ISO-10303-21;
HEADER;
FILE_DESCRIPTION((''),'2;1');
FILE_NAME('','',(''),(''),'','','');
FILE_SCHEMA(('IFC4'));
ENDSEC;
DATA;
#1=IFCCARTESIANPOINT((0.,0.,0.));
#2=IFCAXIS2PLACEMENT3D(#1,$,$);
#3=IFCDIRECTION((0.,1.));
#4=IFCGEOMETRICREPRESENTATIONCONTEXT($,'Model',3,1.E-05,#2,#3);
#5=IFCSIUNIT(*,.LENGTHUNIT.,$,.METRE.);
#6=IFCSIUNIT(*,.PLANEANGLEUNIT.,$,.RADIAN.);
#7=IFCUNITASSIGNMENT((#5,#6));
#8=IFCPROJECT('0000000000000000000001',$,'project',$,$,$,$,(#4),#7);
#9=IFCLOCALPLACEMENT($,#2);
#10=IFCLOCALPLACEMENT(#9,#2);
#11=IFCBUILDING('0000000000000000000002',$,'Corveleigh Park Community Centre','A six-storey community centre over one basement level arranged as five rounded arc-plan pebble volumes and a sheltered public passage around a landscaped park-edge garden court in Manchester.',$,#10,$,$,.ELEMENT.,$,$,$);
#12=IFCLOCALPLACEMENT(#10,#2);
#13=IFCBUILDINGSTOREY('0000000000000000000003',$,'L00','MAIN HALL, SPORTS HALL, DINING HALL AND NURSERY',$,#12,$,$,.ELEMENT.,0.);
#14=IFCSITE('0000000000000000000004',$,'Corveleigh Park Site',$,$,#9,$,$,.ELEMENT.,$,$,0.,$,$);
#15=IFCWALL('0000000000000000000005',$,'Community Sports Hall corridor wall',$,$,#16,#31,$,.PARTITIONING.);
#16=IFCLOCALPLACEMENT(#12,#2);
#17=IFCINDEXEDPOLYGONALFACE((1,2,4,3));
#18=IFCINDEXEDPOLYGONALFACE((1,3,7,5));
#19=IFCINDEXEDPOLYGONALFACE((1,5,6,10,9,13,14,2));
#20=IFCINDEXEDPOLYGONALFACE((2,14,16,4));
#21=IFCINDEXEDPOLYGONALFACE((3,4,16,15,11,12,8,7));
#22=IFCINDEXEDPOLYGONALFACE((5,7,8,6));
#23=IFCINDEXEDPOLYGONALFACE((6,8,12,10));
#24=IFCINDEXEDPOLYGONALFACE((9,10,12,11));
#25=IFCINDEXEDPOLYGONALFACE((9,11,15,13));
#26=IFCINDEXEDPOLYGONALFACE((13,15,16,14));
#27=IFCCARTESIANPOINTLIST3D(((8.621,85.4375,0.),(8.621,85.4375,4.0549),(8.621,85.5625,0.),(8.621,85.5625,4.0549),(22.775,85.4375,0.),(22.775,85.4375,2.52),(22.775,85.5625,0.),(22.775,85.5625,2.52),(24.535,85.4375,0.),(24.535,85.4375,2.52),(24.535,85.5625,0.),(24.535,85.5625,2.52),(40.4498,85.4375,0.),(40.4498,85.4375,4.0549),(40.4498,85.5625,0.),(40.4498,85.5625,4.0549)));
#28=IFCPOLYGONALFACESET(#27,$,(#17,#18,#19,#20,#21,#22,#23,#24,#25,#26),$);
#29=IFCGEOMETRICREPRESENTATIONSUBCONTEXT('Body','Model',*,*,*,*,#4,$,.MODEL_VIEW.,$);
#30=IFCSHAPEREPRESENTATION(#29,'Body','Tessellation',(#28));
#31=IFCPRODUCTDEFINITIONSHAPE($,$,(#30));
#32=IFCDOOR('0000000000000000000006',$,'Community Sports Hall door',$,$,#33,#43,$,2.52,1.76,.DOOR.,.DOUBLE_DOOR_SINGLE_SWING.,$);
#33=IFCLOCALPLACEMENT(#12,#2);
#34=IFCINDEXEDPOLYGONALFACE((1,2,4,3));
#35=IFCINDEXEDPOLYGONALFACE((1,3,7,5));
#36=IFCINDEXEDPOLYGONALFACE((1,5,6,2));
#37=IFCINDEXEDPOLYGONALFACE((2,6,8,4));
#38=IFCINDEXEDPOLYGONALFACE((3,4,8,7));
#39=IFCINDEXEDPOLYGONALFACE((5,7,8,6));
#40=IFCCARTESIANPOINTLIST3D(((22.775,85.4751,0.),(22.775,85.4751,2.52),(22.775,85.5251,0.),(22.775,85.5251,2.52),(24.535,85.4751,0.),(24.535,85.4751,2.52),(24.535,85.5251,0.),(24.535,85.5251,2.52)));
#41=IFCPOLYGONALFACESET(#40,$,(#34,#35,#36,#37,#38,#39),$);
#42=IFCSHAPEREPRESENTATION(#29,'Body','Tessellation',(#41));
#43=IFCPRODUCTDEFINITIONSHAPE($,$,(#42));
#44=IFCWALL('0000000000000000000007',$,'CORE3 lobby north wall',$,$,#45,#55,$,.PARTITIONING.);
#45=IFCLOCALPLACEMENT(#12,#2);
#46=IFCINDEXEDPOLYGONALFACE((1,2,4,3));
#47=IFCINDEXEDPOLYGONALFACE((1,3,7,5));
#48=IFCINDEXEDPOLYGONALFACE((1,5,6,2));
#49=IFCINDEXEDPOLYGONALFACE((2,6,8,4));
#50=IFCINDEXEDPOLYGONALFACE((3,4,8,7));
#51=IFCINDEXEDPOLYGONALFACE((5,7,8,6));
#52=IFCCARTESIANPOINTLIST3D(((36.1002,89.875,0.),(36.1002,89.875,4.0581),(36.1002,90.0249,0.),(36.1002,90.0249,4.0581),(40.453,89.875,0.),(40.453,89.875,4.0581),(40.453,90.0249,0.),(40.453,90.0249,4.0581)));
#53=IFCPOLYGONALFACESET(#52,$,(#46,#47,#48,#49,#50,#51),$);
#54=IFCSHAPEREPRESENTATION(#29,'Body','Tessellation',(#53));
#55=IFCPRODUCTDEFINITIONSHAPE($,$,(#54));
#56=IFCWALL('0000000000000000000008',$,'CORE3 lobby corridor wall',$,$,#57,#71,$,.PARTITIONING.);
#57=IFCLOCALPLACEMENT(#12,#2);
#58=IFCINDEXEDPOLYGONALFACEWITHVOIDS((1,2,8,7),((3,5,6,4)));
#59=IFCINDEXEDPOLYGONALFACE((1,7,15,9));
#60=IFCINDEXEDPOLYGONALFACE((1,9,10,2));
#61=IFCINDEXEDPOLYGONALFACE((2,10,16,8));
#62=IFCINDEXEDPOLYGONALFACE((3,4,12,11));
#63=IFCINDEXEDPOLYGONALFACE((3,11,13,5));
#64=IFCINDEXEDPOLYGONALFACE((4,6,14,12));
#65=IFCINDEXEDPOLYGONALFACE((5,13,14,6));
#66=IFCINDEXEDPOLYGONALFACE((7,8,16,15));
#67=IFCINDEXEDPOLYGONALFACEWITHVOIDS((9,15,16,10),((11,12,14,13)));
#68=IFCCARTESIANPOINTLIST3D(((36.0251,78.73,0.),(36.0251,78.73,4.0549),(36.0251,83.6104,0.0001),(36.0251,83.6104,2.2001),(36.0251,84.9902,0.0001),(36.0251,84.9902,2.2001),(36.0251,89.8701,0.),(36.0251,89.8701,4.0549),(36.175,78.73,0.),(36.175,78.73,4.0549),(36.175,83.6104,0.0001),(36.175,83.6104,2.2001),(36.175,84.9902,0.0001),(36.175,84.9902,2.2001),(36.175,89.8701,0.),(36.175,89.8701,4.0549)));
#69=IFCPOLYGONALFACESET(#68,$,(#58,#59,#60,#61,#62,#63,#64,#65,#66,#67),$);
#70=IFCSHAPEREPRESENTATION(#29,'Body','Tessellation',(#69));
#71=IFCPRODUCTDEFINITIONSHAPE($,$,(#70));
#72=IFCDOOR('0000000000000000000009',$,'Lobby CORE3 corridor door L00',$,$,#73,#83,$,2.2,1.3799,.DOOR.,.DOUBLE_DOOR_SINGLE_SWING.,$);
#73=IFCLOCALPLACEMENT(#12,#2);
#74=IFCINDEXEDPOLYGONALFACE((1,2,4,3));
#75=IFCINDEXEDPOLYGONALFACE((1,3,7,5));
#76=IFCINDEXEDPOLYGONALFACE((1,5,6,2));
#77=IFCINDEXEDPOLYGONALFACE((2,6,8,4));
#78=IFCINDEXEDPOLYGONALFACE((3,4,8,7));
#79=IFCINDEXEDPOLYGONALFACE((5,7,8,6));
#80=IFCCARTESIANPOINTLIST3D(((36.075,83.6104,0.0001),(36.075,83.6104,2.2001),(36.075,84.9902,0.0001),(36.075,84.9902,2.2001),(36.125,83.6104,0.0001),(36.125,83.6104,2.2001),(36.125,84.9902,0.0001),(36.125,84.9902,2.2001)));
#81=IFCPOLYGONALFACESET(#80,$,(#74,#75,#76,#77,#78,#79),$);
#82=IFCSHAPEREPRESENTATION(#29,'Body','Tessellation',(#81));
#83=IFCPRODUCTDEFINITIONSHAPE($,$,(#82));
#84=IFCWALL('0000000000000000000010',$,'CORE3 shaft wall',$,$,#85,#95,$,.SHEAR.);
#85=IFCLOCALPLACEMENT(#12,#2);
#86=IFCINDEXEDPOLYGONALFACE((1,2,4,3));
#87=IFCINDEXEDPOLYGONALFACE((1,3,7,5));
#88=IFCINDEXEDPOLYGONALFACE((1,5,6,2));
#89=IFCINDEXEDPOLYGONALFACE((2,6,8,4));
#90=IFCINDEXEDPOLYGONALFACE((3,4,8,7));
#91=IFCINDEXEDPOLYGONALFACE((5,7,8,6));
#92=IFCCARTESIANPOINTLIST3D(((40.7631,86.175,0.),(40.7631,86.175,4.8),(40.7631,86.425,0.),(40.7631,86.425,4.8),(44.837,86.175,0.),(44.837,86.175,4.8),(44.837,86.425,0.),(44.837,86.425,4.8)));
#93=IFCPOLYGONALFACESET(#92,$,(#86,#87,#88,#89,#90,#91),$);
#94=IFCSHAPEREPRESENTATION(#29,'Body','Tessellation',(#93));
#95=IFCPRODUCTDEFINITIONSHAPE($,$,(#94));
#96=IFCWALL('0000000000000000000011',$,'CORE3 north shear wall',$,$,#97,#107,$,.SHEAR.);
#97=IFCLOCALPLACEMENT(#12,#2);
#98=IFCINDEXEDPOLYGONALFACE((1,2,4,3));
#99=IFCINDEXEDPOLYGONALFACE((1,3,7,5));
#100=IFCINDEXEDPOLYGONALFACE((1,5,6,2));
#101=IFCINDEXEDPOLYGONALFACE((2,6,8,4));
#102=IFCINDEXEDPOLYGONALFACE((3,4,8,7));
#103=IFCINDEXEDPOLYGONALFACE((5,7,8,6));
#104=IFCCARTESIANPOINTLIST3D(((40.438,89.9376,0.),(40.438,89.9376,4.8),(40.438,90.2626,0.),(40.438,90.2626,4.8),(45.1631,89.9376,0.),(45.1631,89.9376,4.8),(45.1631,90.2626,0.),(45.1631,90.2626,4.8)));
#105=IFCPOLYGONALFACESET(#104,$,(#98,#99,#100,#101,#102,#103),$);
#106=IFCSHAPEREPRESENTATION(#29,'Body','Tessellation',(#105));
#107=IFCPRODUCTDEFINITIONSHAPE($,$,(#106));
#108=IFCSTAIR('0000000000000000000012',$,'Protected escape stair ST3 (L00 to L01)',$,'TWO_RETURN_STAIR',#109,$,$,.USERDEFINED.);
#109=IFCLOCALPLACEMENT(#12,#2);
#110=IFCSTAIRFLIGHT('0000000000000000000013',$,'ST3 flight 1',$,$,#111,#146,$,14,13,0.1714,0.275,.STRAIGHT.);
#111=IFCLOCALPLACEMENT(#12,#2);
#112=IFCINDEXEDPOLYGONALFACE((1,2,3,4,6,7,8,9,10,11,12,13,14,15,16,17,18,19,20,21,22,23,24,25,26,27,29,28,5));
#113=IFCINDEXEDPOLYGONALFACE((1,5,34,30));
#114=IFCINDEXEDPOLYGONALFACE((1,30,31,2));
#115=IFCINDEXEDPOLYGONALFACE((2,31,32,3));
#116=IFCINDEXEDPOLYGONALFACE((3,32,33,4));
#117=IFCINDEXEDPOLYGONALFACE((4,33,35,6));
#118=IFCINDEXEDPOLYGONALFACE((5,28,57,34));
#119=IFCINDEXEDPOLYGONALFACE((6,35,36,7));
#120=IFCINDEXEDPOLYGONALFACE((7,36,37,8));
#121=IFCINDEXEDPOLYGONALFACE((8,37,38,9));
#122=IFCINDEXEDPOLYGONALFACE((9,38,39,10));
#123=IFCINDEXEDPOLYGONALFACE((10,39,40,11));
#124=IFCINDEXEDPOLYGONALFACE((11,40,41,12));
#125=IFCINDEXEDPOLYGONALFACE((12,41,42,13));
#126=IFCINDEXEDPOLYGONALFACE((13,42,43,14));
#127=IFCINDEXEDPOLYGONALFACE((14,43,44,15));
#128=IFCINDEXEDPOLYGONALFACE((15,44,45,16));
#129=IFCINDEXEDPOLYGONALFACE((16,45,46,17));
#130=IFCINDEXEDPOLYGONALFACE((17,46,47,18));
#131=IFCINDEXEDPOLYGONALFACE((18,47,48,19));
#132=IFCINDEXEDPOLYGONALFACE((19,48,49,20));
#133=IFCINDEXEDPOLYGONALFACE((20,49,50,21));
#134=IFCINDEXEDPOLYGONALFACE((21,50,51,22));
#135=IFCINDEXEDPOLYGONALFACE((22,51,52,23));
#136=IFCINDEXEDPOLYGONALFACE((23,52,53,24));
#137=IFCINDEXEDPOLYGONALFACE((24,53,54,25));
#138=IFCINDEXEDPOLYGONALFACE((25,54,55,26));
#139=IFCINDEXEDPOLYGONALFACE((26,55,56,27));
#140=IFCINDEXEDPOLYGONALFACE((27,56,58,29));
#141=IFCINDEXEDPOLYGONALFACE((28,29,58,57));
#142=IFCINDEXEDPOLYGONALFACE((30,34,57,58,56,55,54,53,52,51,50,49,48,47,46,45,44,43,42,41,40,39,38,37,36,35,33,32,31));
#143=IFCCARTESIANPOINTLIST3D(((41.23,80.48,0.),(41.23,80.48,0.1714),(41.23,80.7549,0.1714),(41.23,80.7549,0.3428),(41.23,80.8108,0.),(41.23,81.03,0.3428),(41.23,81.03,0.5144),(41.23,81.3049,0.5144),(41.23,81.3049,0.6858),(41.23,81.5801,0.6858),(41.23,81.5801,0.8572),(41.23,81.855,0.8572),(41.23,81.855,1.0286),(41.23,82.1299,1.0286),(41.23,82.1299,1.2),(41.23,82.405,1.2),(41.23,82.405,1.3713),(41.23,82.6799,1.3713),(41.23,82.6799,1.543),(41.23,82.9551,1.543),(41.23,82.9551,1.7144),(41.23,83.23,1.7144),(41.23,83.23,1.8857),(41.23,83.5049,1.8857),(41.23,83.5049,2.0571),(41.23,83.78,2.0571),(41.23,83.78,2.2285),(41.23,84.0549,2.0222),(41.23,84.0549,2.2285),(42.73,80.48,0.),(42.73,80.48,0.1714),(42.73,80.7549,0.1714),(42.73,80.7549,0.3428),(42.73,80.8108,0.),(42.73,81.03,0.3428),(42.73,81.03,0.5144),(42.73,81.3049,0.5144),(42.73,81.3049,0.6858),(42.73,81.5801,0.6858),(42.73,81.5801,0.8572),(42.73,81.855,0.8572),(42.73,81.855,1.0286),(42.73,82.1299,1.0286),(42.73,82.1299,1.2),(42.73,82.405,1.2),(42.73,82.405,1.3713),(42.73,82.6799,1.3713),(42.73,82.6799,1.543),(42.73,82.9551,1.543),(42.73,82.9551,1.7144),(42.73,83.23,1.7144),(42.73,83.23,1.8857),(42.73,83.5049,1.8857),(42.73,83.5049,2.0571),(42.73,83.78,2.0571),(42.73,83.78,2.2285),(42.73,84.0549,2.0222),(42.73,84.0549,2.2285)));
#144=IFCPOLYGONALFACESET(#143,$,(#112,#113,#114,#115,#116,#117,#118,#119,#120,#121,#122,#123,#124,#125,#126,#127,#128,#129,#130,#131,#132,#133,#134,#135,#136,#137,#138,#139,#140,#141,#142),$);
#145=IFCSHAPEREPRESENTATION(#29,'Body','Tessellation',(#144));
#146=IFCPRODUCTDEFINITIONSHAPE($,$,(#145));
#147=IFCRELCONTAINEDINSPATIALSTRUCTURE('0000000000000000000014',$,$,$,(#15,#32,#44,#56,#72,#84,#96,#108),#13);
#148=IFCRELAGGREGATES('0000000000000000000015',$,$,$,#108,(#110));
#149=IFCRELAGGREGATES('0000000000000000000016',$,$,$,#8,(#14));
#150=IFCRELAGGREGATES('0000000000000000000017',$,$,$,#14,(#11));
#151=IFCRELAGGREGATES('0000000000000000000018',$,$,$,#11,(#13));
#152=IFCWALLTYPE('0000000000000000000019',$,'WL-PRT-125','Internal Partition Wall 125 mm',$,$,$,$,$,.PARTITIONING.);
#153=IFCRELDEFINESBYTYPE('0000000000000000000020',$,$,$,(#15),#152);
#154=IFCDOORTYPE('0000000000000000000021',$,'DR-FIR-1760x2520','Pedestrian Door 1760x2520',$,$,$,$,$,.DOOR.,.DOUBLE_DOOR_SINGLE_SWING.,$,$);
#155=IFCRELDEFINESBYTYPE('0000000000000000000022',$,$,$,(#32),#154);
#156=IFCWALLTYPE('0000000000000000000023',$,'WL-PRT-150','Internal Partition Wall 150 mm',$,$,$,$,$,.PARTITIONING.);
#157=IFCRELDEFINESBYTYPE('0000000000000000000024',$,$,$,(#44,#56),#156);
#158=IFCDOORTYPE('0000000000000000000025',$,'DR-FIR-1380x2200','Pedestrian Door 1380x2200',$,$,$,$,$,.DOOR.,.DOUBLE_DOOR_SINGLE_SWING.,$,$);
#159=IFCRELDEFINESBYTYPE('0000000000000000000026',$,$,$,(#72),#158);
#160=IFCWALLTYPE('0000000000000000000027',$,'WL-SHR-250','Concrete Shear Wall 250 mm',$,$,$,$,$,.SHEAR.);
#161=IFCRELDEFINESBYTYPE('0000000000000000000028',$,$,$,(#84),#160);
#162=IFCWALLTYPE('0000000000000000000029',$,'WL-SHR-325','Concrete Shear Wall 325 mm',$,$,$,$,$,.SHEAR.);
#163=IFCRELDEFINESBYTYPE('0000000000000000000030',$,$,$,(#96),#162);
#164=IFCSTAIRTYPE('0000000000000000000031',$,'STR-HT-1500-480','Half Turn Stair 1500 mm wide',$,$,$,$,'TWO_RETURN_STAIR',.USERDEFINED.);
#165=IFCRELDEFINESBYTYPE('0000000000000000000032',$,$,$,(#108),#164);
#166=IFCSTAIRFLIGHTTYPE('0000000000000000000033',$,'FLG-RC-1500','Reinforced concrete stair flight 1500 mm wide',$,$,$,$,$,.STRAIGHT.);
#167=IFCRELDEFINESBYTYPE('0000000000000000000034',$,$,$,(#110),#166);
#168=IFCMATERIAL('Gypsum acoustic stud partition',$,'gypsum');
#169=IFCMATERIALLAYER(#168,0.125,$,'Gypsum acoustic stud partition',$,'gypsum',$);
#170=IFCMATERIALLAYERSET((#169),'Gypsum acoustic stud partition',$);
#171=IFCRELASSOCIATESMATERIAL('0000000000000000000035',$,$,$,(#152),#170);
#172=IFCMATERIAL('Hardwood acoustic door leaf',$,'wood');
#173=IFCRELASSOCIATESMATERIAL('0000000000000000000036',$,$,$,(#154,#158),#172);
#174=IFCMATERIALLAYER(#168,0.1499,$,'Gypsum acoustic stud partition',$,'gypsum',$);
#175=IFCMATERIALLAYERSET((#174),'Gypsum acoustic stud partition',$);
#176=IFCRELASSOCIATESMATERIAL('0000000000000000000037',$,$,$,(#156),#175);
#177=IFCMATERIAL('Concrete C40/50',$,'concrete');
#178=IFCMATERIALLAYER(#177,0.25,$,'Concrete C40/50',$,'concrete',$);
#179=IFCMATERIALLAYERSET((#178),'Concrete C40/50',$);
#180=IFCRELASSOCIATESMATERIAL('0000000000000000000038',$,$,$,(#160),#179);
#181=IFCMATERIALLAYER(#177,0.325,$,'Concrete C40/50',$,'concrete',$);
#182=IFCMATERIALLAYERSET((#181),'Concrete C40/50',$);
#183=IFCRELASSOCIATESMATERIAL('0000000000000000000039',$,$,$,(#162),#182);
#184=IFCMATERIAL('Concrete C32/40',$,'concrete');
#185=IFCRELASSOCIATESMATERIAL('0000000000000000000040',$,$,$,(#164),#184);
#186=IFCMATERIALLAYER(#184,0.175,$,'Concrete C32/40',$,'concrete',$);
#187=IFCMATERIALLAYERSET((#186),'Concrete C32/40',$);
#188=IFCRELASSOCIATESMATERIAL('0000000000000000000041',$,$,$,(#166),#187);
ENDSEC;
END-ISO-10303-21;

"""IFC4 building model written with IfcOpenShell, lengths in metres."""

from ifc_helpers import new_model, si_unit, direction, frame, frame_2d, origin, place, context, subcontext, project, spatial, polyline, rectangle, outline, extrude, material, layer, layer_set, type_object, element, fill, aggregate, save


model = new_model("IFC4")

# Units and contexts
model_context = context("Model", 3, precision=1e-05, world=origin(), true_north=direction((0.0, 1.0)))
body_context = subcontext(model_context, "Body", "Model", "MODEL_VIEW")
ifc_project = project(units=[si_unit("LENGTHUNIT", "METRE"), si_unit("PLANEANGLEUNIT", "RADIAN")], contexts=[model_context])

# Site, building, storey
site_placement = place(None, origin())
site = spatial("IfcSite", under=ifc_project, at=site_placement, Name="Corveleigh Park Site", CompositionType="ELEMENT", RefElevation=0.0)
building_placement = place(site_placement, origin())
building = spatial("IfcBuilding", under=site, at=building_placement, Name="Corveleigh Park Community Centre", Description="A six-storey community centre over one basement level arranged as five rounded arc-plan pebble volumes and a sheltered public passage around a landscaped park-edge garden court in Manchester.", CompositionType="ELEMENT")
storey_placement = place(building_placement, origin())
storey = spatial("IfcBuildingStorey", under=building, at=storey_placement, Name="L00", Description="MAIN HALL, SPORTS HALL, DINING HALL AND NURSERY", CompositionType="ELEMENT", Elevation=0.0)

# Shared definitions
ifc_material_1 = material(Name="Concrete C40/50", Category="concrete")

# Wall, opening, door
ifc_material_2 = material(Name="Gypsum acoustic stud partition", Category="gypsum")
ifc_layer_1 = layer(ifc_material_2, 0.125, Name="Gypsum acoustic stud partition", Category="gypsum")
ifc_layer_set_1 = layer_set([ifc_layer_1], Name="Gypsum acoustic stud partition")
wall_type_1 = type_object("IfcWallType", Name="WL-PRT-125", Description="Internal Partition Wall 125 mm", PredefinedType="PARTITIONING", material=ifc_layer_set_1)
wall_1_placement = place(storey_placement, frame((40.45, 85.5, 0.0), z_axis=(0.0, 0.0, 1.0), x_axis=(-1.0, 0.0, 0.0)))
wall_1 = element("IfcWall", 1, at=wall_1_placement, inside=storey, type_object=wall_type_1, Name="Community Sports Hall corridor wall", PredefinedType="PARTITIONING", context=body_context, shape_type="SweptSolid", body=[
    extrude(rectangle(XDim=31.8289, YDim=0.125, at=frame_2d((15.9146, 0.0))), origin(), (0.0, 0.0, 1.0), 4.0549),
])
opening_1_placement = place(wall_1_placement, frame((15.915, 0.0, 0.0)))
opening_1 = element("IfcOpeningElement", 2, at=opening_1_placement, cuts=wall_1, PredefinedType="OPENING", context=body_context, shape_type="SweptSolid", body=[
    extrude(rectangle(XDim=1.76, YDim=2.52, at=frame_2d((0.8799, 1.26))), frame((0.0, 0.0725, 0.0), z_axis=(0.0, -1.0, 0.0), x_axis=(1.0, 0.0, 0.0)), (0.0, 0.0, 1.0), 0.145),
])
ifc_material_3 = material(Name="Hardwood acoustic door leaf", Category="wood")
door_type_1 = type_object("IfcDoorType", Name="DR-FIR-1760x2520", Description="Pedestrian Door 1760x2520", OperationType="DOUBLE_DOOR_SINGLE_SWING", PredefinedType="DOOR", material=ifc_material_3)
door_1_placement = place(opening_1_placement, origin())
door_1 = element("IfcDoor", 3, at=door_1_placement, inside=storey, type_object=door_type_1, Name="Community Sports Hall door", OperationType="DOUBLE_DOOR_SINGLE_SWING", OverallHeight=2.52, OverallWidth=1.76, PredefinedType="DOOR", context=body_context, shape_type="SweptSolid", body=[
    extrude(rectangle(XDim=1.76, YDim=2.52, at=frame_2d((0.8799, 1.26))), frame((0.0, 0.0249, 0.0), z_axis=(0.0, -1.0, 0.0), x_axis=(1.0, 0.0, 0.0)), (0.0, 0.0, 1.0), 0.05),
])
fill(opening_1, door_1)

# Wall
ifc_layer_2 = layer(ifc_material_2, 0.1499, Name="Gypsum acoustic stud partition", Category="gypsum")
ifc_layer_set_2 = layer_set([ifc_layer_2], Name="Gypsum acoustic stud partition")
wall_type_2 = type_object("IfcWallType", Name="WL-PRT-150", Description="Internal Partition Wall 150 mm", PredefinedType="PARTITIONING", material=ifc_layer_set_2)
wall_2_placement = place(storey_placement, frame((40.4529, 89.95, 0.0), z_axis=(0.0, 0.0, 1.0), x_axis=(-1.0, 0.0, 0.0)))
element("IfcWall", 4, at=wall_2_placement, inside=storey, type_object=wall_type_2, Name="CORE3 lobby north wall", PredefinedType="PARTITIONING", context=body_context, shape_type="SweptSolid", body=[
    extrude(rectangle(XDim=4.3528, YDim=0.1499, at=frame_2d((2.1763, 0.0))), origin(), (0.0, 0.0, 1.0), 4.0581),
])

# Wall, opening, door
wall_3_placement = place(storey_placement, frame((36.1001, 89.8701, 0.0), z_axis=(0.0, 0.0, 1.0), x_axis=(0.0, -1.0, 0.0)))
wall_3 = element("IfcWall", 5, at=wall_3_placement, inside=storey, type_object=wall_type_2, Name="CORE3 lobby corridor wall", PredefinedType="PARTITIONING", context=body_context, shape_type="SweptSolid", body=[
    extrude(rectangle(XDim=11.1401, YDim=0.1499, at=frame_2d((5.5701, 0.0))), origin(), (0.0, 0.0, 1.0), 4.0549),
])
opening_2_placement = place(wall_3_placement, frame((4.8799, 0.0, 0.0)))
opening_2 = element("IfcOpeningElement", 6, at=opening_2_placement, cuts=wall_3, PredefinedType="OPENING", context=body_context, shape_type="SweptSolid", body=[
    extrude(rectangle(XDim=1.3799, YDim=2.2, at=frame_2d((0.6899, 1.1001))), frame((0.0, 0.085, 0.0), z_axis=(0.0, -1.0, 0.0), x_axis=(1.0, 0.0, 0.0)), (0.0, 0.0, 1.0), 0.1699),
])
door_type_2 = type_object("IfcDoorType", Name="DR-FIR-1380x2200", Description="Pedestrian Door 1380x2200", OperationType="DOUBLE_DOOR_SINGLE_SWING", PredefinedType="DOOR", material=ifc_material_3)
door_2_placement = place(opening_2_placement, origin())
door_2 = element("IfcDoor", 7, at=door_2_placement, inside=storey, type_object=door_type_2, Name="Lobby CORE3 corridor door L00", OperationType="DOUBLE_DOOR_SINGLE_SWING", OverallHeight=2.2, OverallWidth=1.3799, PredefinedType="DOOR", context=body_context, shape_type="SweptSolid", body=[
    extrude(rectangle(XDim=1.3799, YDim=2.2, at=frame_2d((0.6899, 1.1001))), frame((0.0, 0.0249, 0.0), z_axis=(0.0, -1.0, 0.0), x_axis=(1.0, 0.0, 0.0)), (0.0, 0.0, 1.0), 0.05),
])
fill(opening_2, door_2)

# Walls
ifc_layer_3 = layer(ifc_material_1, 0.25, Name="Concrete C40/50", Category="concrete")
ifc_layer_set_3 = layer_set([ifc_layer_3], Name="Concrete C40/50")
wall_type_3 = type_object("IfcWallType", Name="WL-SHR-250", Description="Concrete Shear Wall 250 mm", PredefinedType="SHEAR", material=ifc_layer_set_3)
wall_4_placement = place(storey_placement, frame((40.7629, 86.3, 0.0), z_axis=(0.0, 0.0, 1.0), x_axis=(1.0, 0.0, 0.0)))
element("IfcWall", 8, at=wall_4_placement, inside=storey, type_object=wall_type_3, Name="CORE3 shaft wall", PredefinedType="SHEAR", context=body_context, shape_type="SweptSolid", body=[
    extrude(rectangle(XDim=4.074, YDim=0.25, at=frame_2d((2.0371, 0.0))), origin(), (0.0, 0.0, 1.0), 4.8),
])
ifc_layer_4 = layer(ifc_material_1, 0.325, Name="Concrete C40/50", Category="concrete")
ifc_layer_set_4 = layer_set([ifc_layer_4], Name="Concrete C40/50")
wall_type_4 = type_object("IfcWallType", Name="WL-SHR-325", Description="Concrete Shear Wall 325 mm", PredefinedType="SHEAR", material=ifc_layer_set_4)
wall_5_placement = place(storey_placement, frame((45.1631, 90.1001, 0.0), z_axis=(0.0, 0.0, 1.0), x_axis=(-1.0, 0.0, 0.0)))
element("IfcWall", 9, at=wall_5_placement, inside=storey, type_object=wall_type_4, Name="CORE3 north shear wall", PredefinedType="SHEAR", context=body_context, shape_type="SweptSolid", body=[
    extrude(rectangle(XDim=4.7251, YDim=0.325, at=frame_2d((2.3625, 0.0))), origin(), (0.0, 0.0, 1.0), 4.8),
])

# Stair, stair flight
ifc_material_4 = material(Name="Concrete C32/40", Category="concrete")
stair_type = type_object("IfcStairType", Name="STR-HT-1500-480", Description="Half Turn Stair 1500 mm wide", ElementType="TWO_RETURN_STAIR", PredefinedType="USERDEFINED", material=ifc_material_4)
stair_placement = place(storey_placement, origin())
stair = element("IfcStair", 10, at=stair_placement, inside=storey, type_object=stair_type, Name="Protected escape stair ST3 (L00 to L01)", ObjectType="TWO_RETURN_STAIR", PredefinedType="USERDEFINED")
ifc_layer_5 = layer(ifc_material_4, 0.175, Name="Concrete C32/40", Category="concrete")
ifc_layer_set_5 = layer_set([ifc_layer_5], Name="Concrete C32/40")
stair_flight_type = type_object("IfcStairFlightType", Name="FLG-RC-1500", Description="Reinforced concrete stair flight 1500 mm wide", PredefinedType="STRAIGHT", material=ifc_layer_set_5)
stair_flight_1_placement = place(storey_placement, frame((41.98, 80.48, 0.0), z_axis=(0.0, 0.0, 1.0), x_axis=(0.0, 1.0, 0.0)))
stair_flight_1 = element("IfcStairFlight", 11, at=stair_flight_1_placement, type_object=stair_flight_type, Name="ST3 flight 1", NumberOfRisers=14, NumberOfTreads=13, PredefinedType="STRAIGHT", RiserHeight=0.1714, TreadLength=0.275, context=body_context, shape_type="SweptSolid", body=[
    extrude(outline(polyline([(0.0, 0.0), (0.0, 0.1714), (0.2749, 0.1714), (0.2749, 0.3428), (0.55, 0.3428), (0.55, 0.5144), (0.825, 0.5144), (0.825, 0.6858), (1.1001, 0.6858), (1.1001, 0.8572), (1.375, 0.8572), (1.375, 1.0286), (1.6499, 1.0286), (1.6499, 1.2), (1.925, 1.2), (1.925, 1.3713), (2.2, 1.3713), (2.2, 1.543), (2.4751, 1.543), (2.4751, 1.7144), (2.75, 1.7144), (2.75, 1.8857), (3.0249, 1.8857), (3.0249, 2.0571), (3.3, 2.0571), (3.3, 2.2285), (3.575, 2.2285), (3.575, 2.3999), (3.575, 2.0222), (0.3308, 0.0), (0.0, 0.0)])), frame((0.0, 0.75, 0.0), z_axis=(0.0, -1.0, 0.0), x_axis=(1.0, 0.0, 0.0)), (0.0, 0.0, 1.0), 1.5),
])
aggregate(stair, [stair_flight_1])

save(model, "model.ifc")
